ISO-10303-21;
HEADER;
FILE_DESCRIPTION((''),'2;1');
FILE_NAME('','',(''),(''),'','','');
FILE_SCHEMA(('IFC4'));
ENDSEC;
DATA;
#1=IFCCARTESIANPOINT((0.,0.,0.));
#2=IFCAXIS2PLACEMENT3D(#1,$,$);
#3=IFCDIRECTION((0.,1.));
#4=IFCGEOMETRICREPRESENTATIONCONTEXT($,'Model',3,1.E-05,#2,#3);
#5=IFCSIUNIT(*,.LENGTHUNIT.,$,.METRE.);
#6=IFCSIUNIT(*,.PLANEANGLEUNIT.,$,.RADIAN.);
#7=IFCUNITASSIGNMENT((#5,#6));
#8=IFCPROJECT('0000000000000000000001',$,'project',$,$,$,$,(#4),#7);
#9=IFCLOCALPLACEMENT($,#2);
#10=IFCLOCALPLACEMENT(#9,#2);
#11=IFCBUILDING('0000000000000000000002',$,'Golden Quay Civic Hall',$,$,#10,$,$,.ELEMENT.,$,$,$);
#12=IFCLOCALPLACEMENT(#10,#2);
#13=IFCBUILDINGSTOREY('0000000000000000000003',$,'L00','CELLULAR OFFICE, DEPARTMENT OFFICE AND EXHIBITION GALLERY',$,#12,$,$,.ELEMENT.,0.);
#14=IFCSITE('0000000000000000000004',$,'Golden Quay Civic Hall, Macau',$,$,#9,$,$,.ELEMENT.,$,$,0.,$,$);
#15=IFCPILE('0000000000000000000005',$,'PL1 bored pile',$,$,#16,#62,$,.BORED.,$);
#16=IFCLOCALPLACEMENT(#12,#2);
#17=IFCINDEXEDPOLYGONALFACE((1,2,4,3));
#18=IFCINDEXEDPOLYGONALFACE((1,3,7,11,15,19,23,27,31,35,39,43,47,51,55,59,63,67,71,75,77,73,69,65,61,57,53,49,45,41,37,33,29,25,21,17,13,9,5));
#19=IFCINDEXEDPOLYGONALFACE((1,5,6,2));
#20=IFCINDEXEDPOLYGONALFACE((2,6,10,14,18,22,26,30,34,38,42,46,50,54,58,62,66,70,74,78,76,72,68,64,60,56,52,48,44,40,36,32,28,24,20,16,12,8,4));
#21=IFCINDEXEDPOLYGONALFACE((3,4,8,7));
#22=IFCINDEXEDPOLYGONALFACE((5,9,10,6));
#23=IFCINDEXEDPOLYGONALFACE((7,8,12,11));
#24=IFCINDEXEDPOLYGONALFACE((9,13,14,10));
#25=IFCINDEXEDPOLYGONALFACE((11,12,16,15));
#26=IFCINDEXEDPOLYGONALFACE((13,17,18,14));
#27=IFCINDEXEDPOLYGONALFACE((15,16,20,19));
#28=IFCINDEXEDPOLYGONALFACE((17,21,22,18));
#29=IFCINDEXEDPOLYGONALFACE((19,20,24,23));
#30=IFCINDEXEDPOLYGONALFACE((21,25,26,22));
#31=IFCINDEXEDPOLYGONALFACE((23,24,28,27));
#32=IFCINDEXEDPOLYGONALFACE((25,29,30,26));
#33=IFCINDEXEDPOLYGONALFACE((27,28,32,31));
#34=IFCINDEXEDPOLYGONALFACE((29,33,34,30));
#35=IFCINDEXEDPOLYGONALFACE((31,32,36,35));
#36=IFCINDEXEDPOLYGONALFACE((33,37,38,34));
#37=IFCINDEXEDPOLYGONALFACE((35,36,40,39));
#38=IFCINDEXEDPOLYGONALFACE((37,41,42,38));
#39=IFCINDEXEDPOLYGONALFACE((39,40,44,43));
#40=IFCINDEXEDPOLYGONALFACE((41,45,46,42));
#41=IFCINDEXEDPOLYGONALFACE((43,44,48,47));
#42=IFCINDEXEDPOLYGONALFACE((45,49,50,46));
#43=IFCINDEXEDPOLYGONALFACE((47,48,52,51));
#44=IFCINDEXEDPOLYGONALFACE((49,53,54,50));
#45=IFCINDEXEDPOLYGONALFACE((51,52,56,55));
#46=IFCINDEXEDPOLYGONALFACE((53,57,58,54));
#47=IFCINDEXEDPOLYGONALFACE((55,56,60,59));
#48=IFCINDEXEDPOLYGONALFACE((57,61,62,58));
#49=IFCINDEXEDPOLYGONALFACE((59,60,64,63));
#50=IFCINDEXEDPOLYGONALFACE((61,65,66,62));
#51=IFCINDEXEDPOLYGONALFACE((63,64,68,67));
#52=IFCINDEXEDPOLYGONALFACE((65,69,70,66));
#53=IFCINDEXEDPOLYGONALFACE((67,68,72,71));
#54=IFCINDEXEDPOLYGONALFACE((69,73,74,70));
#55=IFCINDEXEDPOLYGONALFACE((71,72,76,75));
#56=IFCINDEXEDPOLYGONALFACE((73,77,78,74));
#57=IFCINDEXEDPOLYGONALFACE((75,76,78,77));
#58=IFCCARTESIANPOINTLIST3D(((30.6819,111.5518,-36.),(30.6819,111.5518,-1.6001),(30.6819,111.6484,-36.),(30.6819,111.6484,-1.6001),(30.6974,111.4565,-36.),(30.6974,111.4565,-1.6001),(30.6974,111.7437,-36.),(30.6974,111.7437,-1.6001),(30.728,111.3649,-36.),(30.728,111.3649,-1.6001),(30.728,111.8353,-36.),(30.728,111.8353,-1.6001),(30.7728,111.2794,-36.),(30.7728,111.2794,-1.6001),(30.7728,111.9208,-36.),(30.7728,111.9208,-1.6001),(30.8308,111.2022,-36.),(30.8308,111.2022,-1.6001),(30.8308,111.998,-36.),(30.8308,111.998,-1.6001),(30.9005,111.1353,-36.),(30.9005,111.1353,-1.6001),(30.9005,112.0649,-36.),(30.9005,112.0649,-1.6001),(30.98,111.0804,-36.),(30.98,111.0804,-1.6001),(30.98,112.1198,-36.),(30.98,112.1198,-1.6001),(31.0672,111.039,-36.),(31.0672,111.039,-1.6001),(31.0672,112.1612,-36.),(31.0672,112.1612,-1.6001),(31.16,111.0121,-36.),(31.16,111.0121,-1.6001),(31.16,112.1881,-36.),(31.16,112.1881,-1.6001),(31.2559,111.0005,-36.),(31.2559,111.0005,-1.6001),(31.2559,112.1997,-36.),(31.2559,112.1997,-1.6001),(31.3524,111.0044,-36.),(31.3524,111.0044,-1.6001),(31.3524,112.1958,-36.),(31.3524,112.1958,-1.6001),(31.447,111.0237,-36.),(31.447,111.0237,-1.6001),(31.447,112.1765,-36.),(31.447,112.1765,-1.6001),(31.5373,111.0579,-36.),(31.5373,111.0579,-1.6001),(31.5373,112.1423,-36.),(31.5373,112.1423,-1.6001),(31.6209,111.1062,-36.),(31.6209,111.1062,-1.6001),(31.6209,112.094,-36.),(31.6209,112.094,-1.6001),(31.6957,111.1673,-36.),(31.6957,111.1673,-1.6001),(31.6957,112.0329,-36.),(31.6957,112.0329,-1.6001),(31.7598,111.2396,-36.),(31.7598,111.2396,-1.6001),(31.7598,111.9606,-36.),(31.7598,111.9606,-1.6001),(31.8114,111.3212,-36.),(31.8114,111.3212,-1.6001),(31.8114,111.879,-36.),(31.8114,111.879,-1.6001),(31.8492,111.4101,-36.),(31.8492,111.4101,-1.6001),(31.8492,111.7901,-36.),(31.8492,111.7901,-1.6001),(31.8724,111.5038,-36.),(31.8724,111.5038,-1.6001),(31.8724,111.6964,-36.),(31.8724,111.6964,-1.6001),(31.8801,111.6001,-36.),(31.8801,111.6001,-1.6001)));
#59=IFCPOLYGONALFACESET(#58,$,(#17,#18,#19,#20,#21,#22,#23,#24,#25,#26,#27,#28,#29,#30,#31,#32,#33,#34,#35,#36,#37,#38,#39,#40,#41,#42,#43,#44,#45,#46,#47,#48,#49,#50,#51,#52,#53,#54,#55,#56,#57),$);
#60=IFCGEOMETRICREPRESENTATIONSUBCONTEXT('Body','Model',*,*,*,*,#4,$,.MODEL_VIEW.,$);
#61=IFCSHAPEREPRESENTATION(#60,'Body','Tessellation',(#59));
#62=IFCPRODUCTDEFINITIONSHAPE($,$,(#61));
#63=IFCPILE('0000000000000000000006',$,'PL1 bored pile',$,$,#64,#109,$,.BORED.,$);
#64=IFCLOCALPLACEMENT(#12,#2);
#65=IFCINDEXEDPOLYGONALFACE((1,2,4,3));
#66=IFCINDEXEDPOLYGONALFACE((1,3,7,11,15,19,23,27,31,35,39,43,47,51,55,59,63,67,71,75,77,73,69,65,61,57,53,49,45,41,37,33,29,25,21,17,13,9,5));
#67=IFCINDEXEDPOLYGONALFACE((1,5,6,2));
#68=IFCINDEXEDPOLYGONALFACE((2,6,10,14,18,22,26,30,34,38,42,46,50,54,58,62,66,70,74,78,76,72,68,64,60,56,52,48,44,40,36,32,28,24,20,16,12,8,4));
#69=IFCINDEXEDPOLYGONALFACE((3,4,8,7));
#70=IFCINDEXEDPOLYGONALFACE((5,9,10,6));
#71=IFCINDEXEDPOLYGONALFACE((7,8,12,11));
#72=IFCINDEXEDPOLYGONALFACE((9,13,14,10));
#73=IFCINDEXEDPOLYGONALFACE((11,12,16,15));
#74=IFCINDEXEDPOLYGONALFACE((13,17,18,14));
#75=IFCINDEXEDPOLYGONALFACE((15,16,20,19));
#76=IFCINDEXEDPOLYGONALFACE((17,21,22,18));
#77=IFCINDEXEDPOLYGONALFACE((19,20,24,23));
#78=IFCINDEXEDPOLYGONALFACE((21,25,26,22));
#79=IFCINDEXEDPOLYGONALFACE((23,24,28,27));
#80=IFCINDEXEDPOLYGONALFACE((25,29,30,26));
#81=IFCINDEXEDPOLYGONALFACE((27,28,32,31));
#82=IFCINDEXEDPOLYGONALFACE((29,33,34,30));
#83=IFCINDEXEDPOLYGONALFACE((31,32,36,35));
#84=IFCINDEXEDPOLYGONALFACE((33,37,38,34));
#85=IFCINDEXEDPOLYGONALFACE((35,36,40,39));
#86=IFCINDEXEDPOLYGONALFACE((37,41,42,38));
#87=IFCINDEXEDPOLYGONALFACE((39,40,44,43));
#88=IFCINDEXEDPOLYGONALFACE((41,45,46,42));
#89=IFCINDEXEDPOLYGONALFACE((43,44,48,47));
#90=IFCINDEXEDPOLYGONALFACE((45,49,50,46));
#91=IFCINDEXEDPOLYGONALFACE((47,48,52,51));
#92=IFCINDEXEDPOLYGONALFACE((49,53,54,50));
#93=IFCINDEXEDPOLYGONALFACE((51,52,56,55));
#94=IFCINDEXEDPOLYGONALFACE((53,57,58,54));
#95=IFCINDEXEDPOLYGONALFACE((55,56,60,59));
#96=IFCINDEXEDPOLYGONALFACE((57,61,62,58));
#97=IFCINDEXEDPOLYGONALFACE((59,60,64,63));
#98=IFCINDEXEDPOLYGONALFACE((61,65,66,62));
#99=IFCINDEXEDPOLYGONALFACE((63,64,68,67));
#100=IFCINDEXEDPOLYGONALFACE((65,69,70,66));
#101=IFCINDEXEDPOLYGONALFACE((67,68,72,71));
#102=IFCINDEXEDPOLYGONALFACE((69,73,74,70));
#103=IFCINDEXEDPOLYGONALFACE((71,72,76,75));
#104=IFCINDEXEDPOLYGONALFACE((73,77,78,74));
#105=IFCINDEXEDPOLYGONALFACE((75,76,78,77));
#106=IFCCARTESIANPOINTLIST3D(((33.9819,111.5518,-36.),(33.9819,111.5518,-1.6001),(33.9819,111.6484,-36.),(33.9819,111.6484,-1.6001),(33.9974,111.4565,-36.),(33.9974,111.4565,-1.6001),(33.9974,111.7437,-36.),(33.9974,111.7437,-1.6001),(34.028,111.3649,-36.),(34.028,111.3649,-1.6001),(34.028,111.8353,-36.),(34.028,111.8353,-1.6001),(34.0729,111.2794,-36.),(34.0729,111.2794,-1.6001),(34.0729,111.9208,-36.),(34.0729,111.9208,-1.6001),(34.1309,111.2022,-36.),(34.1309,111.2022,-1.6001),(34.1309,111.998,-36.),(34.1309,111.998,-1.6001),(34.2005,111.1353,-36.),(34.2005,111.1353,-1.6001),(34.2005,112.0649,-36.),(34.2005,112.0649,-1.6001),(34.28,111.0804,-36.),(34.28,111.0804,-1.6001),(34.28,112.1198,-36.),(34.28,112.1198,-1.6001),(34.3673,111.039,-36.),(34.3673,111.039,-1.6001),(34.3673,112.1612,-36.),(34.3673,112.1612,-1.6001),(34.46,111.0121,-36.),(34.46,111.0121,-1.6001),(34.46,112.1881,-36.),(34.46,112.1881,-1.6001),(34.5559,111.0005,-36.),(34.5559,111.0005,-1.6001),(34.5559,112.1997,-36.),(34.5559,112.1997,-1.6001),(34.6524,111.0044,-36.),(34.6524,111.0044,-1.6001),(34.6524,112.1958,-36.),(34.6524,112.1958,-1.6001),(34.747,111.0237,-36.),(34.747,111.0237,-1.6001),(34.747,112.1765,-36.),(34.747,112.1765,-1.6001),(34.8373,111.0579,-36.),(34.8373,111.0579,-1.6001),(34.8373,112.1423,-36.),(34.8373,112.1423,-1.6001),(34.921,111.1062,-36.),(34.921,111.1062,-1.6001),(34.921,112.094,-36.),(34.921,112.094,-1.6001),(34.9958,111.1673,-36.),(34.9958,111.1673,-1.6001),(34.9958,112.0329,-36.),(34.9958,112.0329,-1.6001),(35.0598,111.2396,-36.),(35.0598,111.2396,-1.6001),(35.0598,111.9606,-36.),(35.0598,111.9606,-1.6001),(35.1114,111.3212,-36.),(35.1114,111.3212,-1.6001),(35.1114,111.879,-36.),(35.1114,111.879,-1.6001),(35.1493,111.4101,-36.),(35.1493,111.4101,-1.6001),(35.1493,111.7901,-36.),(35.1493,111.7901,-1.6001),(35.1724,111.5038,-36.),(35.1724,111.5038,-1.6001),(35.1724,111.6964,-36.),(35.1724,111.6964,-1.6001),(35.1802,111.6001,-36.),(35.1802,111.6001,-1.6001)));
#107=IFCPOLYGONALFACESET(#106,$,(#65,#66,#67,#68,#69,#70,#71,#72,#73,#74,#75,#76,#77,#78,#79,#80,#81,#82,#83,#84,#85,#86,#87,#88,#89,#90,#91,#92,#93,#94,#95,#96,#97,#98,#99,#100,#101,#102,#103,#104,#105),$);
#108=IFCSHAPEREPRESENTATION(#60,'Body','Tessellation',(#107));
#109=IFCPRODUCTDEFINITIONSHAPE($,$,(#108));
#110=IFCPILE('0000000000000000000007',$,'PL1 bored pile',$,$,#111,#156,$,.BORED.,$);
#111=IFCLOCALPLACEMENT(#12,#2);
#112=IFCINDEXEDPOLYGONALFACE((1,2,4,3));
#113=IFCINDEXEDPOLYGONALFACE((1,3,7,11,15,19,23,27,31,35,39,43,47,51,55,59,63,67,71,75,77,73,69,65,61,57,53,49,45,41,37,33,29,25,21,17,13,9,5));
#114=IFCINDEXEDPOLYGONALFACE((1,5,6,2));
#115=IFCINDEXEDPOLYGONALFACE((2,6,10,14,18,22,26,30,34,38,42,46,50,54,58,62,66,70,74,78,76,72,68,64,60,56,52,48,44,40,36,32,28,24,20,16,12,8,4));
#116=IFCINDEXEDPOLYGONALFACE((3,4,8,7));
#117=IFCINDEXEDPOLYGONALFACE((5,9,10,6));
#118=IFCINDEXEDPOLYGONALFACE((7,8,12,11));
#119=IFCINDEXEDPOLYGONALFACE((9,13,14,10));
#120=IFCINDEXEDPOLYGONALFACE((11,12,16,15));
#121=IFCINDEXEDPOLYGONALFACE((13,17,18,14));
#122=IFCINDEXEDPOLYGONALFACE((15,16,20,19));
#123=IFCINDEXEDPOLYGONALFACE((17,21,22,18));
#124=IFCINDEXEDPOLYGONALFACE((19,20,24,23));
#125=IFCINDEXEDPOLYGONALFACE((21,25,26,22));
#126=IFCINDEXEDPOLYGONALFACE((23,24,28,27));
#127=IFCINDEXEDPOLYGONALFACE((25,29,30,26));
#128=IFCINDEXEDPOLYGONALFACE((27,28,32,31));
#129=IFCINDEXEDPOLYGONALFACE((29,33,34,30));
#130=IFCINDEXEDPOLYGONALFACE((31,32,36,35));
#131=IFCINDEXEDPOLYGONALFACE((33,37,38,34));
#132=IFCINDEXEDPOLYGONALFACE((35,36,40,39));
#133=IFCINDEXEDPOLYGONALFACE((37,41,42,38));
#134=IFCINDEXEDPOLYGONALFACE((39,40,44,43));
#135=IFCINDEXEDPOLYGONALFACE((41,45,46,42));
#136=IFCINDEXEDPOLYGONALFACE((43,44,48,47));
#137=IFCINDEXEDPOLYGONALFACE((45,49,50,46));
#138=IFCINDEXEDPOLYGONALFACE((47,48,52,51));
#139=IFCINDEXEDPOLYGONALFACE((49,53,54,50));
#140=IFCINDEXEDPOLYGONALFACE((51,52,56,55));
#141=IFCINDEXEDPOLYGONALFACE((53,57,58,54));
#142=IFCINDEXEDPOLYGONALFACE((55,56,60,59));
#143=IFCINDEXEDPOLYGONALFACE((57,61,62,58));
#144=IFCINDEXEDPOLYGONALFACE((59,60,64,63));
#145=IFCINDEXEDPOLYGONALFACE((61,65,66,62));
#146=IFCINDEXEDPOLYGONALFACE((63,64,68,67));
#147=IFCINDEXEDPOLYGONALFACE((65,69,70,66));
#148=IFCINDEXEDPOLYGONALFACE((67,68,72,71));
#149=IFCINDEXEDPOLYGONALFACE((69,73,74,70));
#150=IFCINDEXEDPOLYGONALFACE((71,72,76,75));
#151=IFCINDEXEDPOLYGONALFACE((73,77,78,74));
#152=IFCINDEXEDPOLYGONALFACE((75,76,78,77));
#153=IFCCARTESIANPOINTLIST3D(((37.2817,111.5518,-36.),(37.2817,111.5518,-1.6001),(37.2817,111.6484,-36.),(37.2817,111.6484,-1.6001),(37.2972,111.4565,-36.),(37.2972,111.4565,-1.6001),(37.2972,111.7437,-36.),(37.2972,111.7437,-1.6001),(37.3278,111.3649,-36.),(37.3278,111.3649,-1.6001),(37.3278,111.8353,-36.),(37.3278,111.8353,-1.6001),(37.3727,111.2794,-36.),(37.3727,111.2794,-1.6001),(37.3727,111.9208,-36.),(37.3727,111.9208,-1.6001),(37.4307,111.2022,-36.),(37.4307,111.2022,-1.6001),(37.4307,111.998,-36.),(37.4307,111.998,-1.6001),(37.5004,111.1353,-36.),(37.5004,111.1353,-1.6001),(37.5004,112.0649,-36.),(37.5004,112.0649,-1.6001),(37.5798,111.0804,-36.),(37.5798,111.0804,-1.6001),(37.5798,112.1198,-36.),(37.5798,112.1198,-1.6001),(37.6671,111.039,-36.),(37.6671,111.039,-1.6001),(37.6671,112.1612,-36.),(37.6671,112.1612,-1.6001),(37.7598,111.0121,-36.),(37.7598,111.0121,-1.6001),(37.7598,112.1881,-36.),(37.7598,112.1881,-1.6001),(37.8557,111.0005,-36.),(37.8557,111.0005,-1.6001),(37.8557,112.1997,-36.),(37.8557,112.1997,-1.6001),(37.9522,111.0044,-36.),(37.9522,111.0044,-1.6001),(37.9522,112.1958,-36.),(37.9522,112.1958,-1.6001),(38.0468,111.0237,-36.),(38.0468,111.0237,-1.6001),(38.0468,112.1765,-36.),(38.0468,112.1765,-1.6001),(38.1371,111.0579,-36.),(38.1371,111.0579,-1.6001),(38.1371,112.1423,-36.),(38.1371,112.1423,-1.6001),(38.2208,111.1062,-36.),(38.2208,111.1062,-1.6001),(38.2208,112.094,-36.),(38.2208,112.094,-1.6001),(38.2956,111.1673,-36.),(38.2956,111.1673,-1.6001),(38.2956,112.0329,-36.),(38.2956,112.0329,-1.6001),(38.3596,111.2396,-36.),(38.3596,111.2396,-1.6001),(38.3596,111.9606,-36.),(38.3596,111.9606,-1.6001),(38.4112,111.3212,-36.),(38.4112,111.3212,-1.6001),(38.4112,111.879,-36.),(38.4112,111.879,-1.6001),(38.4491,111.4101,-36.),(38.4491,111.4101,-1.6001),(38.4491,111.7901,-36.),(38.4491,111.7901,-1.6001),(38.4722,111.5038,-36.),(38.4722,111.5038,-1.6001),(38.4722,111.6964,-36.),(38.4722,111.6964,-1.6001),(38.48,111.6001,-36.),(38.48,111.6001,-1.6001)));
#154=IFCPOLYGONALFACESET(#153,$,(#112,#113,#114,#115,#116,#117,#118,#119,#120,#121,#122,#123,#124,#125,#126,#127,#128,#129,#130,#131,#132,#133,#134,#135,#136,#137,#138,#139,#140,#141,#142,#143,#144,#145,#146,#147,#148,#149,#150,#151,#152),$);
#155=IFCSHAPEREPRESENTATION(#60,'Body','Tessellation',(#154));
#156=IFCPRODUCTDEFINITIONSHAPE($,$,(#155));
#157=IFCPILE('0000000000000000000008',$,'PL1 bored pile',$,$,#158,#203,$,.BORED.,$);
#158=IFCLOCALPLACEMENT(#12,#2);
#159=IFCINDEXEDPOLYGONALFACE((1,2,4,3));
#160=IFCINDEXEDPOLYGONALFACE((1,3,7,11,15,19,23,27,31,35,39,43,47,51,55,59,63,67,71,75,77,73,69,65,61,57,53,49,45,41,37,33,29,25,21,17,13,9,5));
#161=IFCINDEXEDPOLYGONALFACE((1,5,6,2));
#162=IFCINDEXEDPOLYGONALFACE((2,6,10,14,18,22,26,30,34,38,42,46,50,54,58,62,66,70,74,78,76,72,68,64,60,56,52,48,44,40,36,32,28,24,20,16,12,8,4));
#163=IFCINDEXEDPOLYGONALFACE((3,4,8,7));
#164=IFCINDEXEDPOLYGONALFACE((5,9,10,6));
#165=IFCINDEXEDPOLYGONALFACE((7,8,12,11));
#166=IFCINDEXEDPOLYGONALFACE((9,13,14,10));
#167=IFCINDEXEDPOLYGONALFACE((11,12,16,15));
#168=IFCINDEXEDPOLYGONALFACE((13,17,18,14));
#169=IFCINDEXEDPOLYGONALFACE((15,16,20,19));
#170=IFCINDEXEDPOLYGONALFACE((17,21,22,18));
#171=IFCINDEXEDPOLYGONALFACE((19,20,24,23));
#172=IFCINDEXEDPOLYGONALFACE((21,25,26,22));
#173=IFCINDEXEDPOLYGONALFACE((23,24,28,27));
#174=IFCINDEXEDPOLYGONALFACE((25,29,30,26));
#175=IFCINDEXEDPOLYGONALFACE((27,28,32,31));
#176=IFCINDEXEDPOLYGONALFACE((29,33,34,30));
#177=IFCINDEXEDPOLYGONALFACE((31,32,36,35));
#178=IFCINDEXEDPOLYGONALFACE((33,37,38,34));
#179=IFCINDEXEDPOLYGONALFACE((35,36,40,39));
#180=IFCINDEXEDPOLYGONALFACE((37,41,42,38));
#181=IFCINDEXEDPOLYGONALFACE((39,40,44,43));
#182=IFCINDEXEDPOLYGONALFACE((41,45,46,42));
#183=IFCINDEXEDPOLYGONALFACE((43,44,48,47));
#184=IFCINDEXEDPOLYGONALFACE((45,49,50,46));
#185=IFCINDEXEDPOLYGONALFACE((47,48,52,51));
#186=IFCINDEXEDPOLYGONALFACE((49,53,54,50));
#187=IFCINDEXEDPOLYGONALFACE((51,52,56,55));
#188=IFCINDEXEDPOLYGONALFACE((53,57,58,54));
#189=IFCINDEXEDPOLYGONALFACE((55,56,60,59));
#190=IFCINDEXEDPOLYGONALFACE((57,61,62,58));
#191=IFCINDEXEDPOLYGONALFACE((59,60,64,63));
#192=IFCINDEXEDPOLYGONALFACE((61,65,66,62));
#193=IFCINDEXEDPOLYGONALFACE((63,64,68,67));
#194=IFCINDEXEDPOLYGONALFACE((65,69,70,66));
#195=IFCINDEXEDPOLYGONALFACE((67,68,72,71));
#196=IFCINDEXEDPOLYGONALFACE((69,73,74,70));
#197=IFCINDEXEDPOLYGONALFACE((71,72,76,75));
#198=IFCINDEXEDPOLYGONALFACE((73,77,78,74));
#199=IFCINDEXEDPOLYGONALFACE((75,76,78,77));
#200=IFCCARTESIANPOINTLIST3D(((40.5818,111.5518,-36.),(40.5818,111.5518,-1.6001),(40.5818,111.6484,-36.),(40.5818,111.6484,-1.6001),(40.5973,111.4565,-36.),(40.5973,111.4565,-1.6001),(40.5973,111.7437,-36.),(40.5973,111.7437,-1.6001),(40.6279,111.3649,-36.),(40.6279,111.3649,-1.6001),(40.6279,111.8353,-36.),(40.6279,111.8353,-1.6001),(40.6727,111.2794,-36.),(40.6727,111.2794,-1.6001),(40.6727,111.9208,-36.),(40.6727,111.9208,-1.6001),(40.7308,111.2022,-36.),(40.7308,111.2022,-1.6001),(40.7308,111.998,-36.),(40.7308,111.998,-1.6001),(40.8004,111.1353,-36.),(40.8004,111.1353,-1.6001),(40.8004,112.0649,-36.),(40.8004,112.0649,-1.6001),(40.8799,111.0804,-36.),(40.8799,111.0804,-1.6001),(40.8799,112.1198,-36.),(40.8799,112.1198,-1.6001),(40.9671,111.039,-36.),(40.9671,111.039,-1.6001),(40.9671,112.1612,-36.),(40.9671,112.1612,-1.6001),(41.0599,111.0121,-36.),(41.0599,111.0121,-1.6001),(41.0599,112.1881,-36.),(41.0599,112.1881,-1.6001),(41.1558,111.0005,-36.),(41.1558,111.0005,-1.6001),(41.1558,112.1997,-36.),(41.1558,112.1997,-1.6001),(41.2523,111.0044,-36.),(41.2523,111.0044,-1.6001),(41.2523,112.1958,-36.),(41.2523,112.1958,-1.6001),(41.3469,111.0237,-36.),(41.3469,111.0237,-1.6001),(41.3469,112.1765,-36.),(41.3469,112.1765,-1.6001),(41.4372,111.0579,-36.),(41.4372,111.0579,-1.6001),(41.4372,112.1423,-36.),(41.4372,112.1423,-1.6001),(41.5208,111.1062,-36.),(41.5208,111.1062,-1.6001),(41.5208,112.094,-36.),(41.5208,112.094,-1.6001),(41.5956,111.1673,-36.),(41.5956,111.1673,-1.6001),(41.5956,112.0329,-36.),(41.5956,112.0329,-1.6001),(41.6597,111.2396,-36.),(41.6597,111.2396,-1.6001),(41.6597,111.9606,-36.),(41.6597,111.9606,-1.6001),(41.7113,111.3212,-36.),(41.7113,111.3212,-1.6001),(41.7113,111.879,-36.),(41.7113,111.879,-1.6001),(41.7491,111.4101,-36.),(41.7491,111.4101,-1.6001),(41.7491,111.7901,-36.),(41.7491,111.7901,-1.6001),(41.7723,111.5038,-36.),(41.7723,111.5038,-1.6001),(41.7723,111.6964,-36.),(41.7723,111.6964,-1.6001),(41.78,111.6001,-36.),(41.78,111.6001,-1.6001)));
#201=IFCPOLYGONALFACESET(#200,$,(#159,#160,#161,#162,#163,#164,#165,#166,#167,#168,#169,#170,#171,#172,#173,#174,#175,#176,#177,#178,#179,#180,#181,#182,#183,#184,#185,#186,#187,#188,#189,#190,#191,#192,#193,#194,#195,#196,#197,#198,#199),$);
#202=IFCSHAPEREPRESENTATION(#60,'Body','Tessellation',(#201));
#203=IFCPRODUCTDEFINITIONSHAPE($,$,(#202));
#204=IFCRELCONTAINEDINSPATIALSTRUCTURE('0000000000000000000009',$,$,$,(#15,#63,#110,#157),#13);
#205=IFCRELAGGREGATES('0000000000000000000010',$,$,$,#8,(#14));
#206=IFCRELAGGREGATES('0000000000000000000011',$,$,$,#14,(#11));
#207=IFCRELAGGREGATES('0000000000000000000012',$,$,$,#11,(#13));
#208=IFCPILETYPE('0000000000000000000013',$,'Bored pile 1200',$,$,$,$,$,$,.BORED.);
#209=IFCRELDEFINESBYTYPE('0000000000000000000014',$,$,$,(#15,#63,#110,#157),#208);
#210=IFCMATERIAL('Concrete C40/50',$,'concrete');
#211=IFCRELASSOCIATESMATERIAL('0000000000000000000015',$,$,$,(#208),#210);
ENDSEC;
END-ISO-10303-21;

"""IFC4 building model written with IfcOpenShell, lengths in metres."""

from ifc_helpers import new_model, si_unit, direction, frame, origin, origin_2d, place, context, subcontext, project, spatial, circle, extrude, material, material_profile, profile_set, type_object, element, save


model = new_model("IFC4")

# Units and contexts
model_context = context("Model", 3, precision=1e-05, world=origin(), true_north=direction((0.0, 1.0)))
body_context = subcontext(model_context, "Body", "Model", "MODEL_VIEW")
ifc_project = project(units=[si_unit("LENGTHUNIT", "METRE"), si_unit("PLANEANGLEUNIT", "RADIAN")], contexts=[model_context])

# Site, building, storey
site_placement = place(None, origin())
site = spatial("IfcSite", under=ifc_project, at=site_placement, Name="Golden Quay Civic Hall, Macau", CompositionType="ELEMENT", RefElevation=0.0)
building_placement = place(site_placement, origin())
building = spatial("IfcBuilding", under=site, at=building_placement, Name="Golden Quay Civic Hall", CompositionType="ELEMENT")
storey_placement = place(building_placement, origin())
storey = spatial("IfcBuildingStorey", under=building, at=storey_placement, Name="L00", Description="CELLULAR OFFICE, DEPARTMENT OFFICE AND EXHIBITION GALLERY", CompositionType="ELEMENT", Elevation=0.0)

# Piles
ifc_material_1 = material(Name="Concrete C40/50", Category="concrete")
ifc_material_profile = material_profile(ifc_material_1, circle(Radius=0.6001, at=origin_2d()), Name="RC D1200")
ifc_profile_set = profile_set([ifc_material_profile], Name="Concrete C40/50")
pile_type = type_object("IfcPileType", Name="Bored pile 1200", PredefinedType="BORED", material=ifc_profile_set)
for number, where, z_axis, x_axis, name in (
    (1, (31.28, 111.6001, -1.6001), (0.0, 0.0, -1.0), (1.0, 0.0, 0.0), "PL1 bored pile"),
    (2, (34.5801, 111.6001, -1.6001), (0.0, 0.0, -1.0), (1.0, 0.0, 0.0), "PL1 bored pile"),
    (3, (37.8799, 111.6001, -1.6001), (0.0, 0.0, -1.0), (1.0, 0.0, 0.0), "PL1 bored pile"),
    (4, (41.1799, 111.6001, -1.6001), (0.0, 0.0, -1.0), (1.0, 0.0, 0.0), "PL1 bored pile"),
):
    element("IfcPile", number, at=place(storey_placement, frame(where, z_axis=z_axis, x_axis=x_axis)), inside=storey, type_object=pile_type, Name=name, PredefinedType="BORED", context=body_context, shape_type="SweptSolid", body=[
        extrude(circle(Radius=0.6001, at=origin_2d()), origin(), (0.0, 0.0, 1.0), 34.3999),
    ])

save(model, "model.ifc")
